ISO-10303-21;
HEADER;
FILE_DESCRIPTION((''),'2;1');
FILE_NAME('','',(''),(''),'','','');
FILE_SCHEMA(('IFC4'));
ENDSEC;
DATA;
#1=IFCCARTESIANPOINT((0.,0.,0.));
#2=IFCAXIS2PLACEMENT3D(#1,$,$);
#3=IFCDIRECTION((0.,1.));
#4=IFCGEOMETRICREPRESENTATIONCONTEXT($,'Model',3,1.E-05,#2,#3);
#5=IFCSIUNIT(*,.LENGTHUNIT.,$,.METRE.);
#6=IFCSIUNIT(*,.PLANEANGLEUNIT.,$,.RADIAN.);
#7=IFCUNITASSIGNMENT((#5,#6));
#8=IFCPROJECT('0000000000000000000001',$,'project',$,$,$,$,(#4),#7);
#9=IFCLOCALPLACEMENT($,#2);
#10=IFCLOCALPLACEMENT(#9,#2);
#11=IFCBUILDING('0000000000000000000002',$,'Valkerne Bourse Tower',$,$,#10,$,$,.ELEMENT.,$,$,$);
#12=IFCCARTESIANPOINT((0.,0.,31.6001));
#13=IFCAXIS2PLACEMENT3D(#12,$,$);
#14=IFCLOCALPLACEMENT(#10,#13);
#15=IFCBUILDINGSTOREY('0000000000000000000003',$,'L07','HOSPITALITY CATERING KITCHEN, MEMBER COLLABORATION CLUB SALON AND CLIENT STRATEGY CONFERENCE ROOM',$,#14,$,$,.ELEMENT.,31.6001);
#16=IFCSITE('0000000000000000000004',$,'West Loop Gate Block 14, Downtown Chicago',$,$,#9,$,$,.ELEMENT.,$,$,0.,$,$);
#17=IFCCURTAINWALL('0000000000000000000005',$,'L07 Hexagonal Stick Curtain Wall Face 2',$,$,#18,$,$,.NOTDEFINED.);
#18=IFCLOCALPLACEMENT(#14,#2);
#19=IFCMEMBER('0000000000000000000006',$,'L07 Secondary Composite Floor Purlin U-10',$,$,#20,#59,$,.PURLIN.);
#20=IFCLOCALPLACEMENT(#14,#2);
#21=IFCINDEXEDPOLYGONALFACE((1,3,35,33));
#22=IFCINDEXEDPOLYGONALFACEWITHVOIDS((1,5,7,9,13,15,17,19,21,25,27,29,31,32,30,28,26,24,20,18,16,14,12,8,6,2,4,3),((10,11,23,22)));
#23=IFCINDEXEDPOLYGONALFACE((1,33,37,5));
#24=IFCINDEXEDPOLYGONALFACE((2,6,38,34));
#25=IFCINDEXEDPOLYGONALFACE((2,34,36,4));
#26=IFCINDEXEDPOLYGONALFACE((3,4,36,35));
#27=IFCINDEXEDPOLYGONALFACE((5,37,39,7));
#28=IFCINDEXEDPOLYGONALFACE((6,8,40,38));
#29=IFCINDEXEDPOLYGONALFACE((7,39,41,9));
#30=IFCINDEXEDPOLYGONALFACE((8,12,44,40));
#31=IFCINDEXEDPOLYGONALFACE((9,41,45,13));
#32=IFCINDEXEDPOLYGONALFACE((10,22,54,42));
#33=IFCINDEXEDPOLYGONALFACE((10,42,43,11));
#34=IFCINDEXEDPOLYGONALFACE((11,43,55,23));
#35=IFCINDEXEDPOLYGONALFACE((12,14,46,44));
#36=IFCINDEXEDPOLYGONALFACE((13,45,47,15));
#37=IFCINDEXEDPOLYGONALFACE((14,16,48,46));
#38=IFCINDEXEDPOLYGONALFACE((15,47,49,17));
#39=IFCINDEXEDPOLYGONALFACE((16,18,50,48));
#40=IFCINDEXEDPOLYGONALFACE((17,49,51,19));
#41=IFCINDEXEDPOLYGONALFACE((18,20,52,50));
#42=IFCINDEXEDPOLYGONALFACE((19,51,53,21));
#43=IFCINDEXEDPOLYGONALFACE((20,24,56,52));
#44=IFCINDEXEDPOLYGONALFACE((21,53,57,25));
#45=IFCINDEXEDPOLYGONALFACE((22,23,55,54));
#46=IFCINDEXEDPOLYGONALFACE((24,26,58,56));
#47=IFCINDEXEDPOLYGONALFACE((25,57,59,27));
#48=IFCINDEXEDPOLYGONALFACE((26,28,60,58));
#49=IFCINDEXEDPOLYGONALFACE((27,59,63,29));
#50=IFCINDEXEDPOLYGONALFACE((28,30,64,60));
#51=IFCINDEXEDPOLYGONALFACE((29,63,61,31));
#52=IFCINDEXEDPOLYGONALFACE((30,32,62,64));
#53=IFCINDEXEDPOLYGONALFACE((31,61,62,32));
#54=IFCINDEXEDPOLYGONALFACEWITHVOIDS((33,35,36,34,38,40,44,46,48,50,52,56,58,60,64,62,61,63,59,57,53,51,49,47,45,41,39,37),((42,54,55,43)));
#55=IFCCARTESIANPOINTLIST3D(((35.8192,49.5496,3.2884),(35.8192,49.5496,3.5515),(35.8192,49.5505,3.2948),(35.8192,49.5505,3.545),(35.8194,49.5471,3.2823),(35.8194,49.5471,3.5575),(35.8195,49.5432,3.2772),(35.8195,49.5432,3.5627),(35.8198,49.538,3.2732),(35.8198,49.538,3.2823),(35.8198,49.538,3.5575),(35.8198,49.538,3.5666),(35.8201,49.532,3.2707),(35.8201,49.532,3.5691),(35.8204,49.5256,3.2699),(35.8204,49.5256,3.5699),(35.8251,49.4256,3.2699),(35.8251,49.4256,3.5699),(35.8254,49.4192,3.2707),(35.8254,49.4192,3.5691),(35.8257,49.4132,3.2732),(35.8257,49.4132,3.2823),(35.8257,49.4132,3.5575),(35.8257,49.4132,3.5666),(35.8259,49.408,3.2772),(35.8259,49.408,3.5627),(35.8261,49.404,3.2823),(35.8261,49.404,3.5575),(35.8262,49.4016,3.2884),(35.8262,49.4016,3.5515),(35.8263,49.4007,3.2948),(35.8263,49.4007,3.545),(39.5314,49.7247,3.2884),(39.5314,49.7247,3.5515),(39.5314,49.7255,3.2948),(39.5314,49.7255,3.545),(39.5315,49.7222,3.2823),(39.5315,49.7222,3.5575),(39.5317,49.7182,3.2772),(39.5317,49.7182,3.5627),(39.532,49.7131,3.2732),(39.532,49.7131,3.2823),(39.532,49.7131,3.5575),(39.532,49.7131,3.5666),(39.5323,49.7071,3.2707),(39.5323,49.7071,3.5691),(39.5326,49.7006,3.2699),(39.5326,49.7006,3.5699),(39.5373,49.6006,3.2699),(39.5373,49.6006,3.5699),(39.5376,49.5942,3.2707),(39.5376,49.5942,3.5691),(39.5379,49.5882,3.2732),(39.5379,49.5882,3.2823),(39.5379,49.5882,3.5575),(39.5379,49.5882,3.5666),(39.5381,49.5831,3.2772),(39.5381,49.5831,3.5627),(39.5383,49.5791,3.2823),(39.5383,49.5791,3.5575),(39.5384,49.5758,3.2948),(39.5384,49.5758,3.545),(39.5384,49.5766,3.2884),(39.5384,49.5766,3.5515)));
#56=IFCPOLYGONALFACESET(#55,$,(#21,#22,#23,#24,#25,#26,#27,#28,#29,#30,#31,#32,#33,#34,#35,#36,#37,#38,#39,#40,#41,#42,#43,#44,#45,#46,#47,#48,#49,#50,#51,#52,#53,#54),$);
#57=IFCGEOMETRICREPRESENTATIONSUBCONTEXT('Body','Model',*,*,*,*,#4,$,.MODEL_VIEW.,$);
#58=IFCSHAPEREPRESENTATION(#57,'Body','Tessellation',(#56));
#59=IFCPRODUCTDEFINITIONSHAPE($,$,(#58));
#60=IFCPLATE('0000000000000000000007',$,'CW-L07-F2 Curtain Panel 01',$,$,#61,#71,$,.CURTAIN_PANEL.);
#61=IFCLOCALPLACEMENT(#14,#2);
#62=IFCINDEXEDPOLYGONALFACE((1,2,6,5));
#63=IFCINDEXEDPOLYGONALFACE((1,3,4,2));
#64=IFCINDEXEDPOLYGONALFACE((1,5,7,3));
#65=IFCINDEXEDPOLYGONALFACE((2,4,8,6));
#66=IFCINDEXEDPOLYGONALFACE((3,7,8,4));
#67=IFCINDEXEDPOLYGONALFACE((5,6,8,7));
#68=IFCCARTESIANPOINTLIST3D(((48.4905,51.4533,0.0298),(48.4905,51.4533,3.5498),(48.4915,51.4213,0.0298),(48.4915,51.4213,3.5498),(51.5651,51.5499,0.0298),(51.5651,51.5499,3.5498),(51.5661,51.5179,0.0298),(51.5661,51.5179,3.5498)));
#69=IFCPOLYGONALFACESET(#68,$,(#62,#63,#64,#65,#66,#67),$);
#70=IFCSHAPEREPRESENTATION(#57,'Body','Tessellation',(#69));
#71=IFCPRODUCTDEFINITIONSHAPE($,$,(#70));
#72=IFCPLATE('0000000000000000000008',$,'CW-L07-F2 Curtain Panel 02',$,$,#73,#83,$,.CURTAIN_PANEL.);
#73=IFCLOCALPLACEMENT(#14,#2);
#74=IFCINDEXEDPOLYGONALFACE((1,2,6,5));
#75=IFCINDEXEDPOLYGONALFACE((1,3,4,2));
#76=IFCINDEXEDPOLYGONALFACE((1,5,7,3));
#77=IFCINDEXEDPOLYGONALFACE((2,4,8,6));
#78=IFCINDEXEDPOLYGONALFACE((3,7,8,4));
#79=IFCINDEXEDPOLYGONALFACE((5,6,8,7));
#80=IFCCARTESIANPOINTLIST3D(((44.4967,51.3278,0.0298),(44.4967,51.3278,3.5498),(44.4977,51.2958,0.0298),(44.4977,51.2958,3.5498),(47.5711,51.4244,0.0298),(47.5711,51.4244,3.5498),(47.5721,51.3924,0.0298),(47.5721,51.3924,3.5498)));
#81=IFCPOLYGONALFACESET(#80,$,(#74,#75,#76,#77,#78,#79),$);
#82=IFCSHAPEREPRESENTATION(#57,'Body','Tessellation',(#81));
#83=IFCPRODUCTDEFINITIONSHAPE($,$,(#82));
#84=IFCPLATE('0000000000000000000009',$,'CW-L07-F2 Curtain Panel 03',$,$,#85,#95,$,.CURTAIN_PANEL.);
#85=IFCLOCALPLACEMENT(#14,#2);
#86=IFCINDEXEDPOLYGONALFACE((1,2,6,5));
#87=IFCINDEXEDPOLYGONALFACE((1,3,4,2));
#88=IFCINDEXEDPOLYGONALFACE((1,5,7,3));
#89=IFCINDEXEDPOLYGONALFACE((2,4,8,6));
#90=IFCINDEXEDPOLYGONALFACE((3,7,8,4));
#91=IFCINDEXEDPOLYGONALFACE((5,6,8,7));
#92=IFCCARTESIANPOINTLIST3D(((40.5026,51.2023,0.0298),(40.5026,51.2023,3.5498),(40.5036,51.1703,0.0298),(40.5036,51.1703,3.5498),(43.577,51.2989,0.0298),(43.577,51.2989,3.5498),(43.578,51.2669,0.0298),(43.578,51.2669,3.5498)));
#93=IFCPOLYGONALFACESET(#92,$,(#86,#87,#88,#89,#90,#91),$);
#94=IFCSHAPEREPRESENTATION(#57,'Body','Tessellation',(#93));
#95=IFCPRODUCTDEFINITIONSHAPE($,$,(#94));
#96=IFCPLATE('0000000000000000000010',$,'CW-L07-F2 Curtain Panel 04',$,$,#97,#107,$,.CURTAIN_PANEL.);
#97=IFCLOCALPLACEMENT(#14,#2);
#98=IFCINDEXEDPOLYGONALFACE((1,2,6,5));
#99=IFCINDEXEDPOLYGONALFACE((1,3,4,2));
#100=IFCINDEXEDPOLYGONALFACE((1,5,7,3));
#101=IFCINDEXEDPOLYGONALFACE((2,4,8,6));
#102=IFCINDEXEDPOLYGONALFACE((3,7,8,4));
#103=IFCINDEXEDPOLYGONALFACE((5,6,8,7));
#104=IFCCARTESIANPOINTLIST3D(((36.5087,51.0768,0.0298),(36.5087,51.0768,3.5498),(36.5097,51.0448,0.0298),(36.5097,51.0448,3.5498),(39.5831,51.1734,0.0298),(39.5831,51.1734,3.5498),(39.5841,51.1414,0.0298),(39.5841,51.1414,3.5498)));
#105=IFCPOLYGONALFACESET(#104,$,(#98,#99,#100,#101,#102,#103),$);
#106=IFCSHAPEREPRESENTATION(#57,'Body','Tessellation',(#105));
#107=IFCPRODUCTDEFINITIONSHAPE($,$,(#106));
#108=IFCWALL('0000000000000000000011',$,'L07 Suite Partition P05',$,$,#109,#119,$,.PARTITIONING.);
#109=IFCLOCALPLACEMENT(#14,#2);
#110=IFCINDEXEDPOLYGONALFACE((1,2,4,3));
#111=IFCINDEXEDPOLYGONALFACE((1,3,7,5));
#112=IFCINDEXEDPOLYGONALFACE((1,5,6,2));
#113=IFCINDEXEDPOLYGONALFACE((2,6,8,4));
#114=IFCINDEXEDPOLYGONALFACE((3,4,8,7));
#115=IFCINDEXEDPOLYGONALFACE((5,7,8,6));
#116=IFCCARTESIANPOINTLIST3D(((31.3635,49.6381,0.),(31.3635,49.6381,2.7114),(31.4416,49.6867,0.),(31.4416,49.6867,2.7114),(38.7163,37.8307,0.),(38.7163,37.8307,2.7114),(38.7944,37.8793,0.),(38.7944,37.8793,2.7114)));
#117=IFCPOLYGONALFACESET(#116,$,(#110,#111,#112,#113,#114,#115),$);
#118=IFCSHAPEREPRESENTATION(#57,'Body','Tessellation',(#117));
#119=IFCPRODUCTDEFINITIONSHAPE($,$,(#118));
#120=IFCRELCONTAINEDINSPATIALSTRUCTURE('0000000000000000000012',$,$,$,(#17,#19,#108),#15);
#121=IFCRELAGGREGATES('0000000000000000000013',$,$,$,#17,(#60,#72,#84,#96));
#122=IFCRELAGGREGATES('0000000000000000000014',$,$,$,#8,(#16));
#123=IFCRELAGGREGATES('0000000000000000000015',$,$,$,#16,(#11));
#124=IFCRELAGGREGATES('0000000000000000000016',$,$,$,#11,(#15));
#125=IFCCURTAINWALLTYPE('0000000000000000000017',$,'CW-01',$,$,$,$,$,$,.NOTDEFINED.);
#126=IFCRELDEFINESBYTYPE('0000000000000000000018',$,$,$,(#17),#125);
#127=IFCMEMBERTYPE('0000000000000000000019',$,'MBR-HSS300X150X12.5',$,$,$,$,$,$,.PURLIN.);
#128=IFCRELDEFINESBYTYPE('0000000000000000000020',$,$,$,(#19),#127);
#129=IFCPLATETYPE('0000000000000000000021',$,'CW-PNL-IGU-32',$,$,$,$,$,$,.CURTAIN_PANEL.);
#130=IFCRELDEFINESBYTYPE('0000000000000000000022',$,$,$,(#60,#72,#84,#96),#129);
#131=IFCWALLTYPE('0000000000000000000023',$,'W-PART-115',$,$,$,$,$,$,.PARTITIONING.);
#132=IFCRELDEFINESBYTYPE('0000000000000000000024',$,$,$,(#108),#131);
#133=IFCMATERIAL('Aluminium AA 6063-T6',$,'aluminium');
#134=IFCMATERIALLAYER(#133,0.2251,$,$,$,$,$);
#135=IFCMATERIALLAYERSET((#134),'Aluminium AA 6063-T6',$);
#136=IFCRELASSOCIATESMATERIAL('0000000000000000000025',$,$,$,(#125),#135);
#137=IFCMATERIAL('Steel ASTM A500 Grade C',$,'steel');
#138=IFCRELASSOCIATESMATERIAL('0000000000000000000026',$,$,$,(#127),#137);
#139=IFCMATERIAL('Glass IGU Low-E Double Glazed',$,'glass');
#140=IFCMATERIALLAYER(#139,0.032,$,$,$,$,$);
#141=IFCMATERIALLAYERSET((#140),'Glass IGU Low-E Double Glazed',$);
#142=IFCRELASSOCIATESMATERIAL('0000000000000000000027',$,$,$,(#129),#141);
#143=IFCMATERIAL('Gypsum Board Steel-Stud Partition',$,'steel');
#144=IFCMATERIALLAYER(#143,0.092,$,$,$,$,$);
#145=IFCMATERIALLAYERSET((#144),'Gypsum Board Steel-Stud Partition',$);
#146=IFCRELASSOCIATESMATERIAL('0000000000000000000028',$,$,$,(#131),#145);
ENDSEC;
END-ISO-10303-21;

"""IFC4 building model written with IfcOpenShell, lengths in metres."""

from ifc_helpers import new_model, si_unit, direction, frame, frame_2d, origin, origin_2d, place, context, subcontext, project, spatial, rectangle, hollow_rectangle, extrude, material, layer, layer_set, material_profile, profile_set, type_object, element, aggregate, save


model = new_model("IFC4")

# Units and contexts
model_context = context("Model", 3, precision=1e-05, world=origin(), true_north=direction((0.0, 1.0)))
body_context = subcontext(model_context, "Body", "Model", "MODEL_VIEW")
ifc_project = project(units=[si_unit("LENGTHUNIT", "METRE"), si_unit("PLANEANGLEUNIT", "RADIAN")], contexts=[model_context])

# Site, building, storey
site_placement = place(None, origin())
site = spatial("IfcSite", under=ifc_project, at=site_placement, Name="West Loop Gate Block 14, Downtown Chicago", CompositionType="ELEMENT", RefElevation=0.0)
building_placement = place(site_placement, origin())
building = spatial("IfcBuilding", under=site, at=building_placement, Name="Valkerne Bourse Tower", CompositionType="ELEMENT")
storey_placement = place(building_placement, frame((0.0, 0.0, 31.6001)))
storey = spatial("IfcBuildingStorey", under=building, at=storey_placement, Name="L07", Description="HOSPITALITY CATERING KITCHEN, MEMBER COLLABORATION CLUB SALON AND CLIENT STRATEGY CONFERENCE ROOM", CompositionType="ELEMENT", Elevation=31.6001)

# Curtain wall
ifc_material_1 = material(Name="Aluminium AA 6063-T6", Category="aluminium")
ifc_layer_1 = layer(ifc_material_1, 0.2251)
ifc_layer_set_1 = layer_set([ifc_layer_1], Name="Aluminium AA 6063-T6")
curtain_wall_type = type_object("IfcCurtainWallType", Name="CW-01", PredefinedType="NOTDEFINED", material=ifc_layer_set_1)
curtain_wall_placement = place(storey_placement, origin())
curtain_wall = element("IfcCurtainWall", 1, at=curtain_wall_placement, inside=storey, type_object=curtain_wall_type, Name="L07 Hexagonal Stick Curtain Wall Face 2", PredefinedType="NOTDEFINED")

# Member
ifc_material_2 = material(Name="Steel ASTM A500 Grade C", Category="steel")
ifc_material_profile_1 = material_profile(ifc_material_2, hollow_rectangle(XDim=0.1499, YDim=0.3, WallThickness=0.0125, OuterFilletRadius=0.0249, at=origin_2d()), Name="HSS300X150X12.5")
ifc_profile_set_1 = profile_set([ifc_material_profile_1], Name="Steel ASTM A500 Grade C")
member_type_1 = type_object("IfcMemberType", Name="MBR-HSS300X150X12.5", PredefinedType="PURLIN", material=ifc_profile_set_1)
for number, where, z_axis, x_axis, name in (
    (2, (39.5349, 49.6506, 3.4199), (-0.99889, -0.047103, 0.0), (0.047103, -0.99889, 0.0), "L07 Secondary Composite Floor Purlin U-10"),
):
    element("IfcMember", number, at=place(storey_placement, frame(where, z_axis=z_axis, x_axis=x_axis)), inside=storey, type_object=member_type_1, Name=name, PredefinedType="PURLIN", context=body_context, shape_type="SweptSolid", body=[
        extrude(hollow_rectangle(XDim=0.1499, YDim=0.3, WallThickness=0.0125, OuterFilletRadius=0.0249, at=origin_2d()), origin(), (0.0, 0.0, 1.0), 3.7163),
    ])

# Plates
ifc_material_3 = material(Name="Glass IGU Low-E Double Glazed", Category="glass")
ifc_layer_2 = layer(ifc_material_3, 0.032)
ifc_layer_set_2 = layer_set([ifc_layer_2], Name="Glass IGU Low-E Double Glazed")
plate_type = type_object("IfcPlateType", Name="CW-PNL-IGU-32", PredefinedType="CURTAIN_PANEL", material=ifc_layer_set_2)
plate_1_placement = place(storey_placement, frame((50.0283, 51.4856, 0.0298), z_axis=(0.0, 0.0, 1.0), x_axis=(-0.999507, -0.031406, 0.0)))
plate_1 = element("IfcPlate", 3, at=plate_1_placement, type_object=plate_type, Name="CW-L07-F2 Curtain Panel 01", PredefinedType="CURTAIN_PANEL", context=body_context, shape_type="SweptSolid", body=[
    extrude(rectangle(XDim=3.0762, YDim=0.032, at=origin_2d()), origin(), (0.0, 0.0, 1.0), 3.52),
])
plate_2_placement = place(storey_placement, frame((46.0344, 51.3601, 0.0298), z_axis=(0.0, 0.0, 1.0), x_axis=(-0.999507, -0.031407, 0.0)))
plate_2 = element("IfcPlate", 4, at=plate_2_placement, type_object=plate_type, Name="CW-L07-F2 Curtain Panel 02", PredefinedType="CURTAIN_PANEL", context=body_context, shape_type="SweptSolid", body=[
    extrude(rectangle(XDim=3.0759, YDim=0.032, at=origin_2d()), origin(), (0.0, 0.0, 1.0), 3.52),
])
plate_3_placement = place(storey_placement, frame((42.0403, 51.2346, 0.0298), z_axis=(0.0, 0.0, 1.0), x_axis=(-0.999507, -0.031407, 0.0)))
plate_3 = element("IfcPlate", 5, at=plate_3_placement, type_object=plate_type, Name="CW-L07-F2 Curtain Panel 03", PredefinedType="CURTAIN_PANEL", context=body_context, shape_type="SweptSolid", body=[
    extrude(rectangle(XDim=3.0759, YDim=0.032, at=origin_2d()), origin(), (0.0, 0.0, 1.0), 3.52),
])
plate_4_placement = place(storey_placement, frame((38.0464, 51.1091, 0.0298), z_axis=(0.0, 0.0, 1.0), x_axis=(-0.999507, -0.031407, 0.0)))
plate_4 = element("IfcPlate", 6, at=plate_4_placement, type_object=plate_type, Name="CW-L07-F2 Curtain Panel 04", PredefinedType="CURTAIN_PANEL", context=body_context, shape_type="SweptSolid", body=[
    extrude(rectangle(XDim=3.0759, YDim=0.032, at=origin_2d()), origin(), (0.0, 0.0, 1.0), 3.52),
])
aggregate(curtain_wall, [plate_1, plate_2, plate_3, plate_4])

# Wall
ifc_material_4 = material(Name="Gypsum Board Steel-Stud Partition", Category="steel")
ifc_layer_3 = layer(ifc_material_4, 0.092)
ifc_layer_set_3 = layer_set([ifc_layer_3], Name="Gypsum Board Steel-Stud Partition")
wall_type = type_object("IfcWallType", Name="W-PART-115", PredefinedType="PARTITIONING", material=ifc_layer_set_3)
wall_placement = place(storey_placement, frame((38.7554, 37.855, 0.0), z_axis=(0.0, 0.0, 1.0), x_axis=(-0.528611, 0.848864, 0.0)))
element("IfcWall", 7, at=wall_placement, inside=storey, type_object=wall_type, Name="L07 Suite Partition P05", PredefinedType="PARTITIONING", context=body_context, shape_type="SweptSolid", body=[
    extrude(rectangle(XDim=13.9097, YDim=0.092, at=frame_2d((6.9548, 0.0))), origin(), (0.0, 0.0, 1.0), 2.7114),
])

save(model, "model.ifc")
